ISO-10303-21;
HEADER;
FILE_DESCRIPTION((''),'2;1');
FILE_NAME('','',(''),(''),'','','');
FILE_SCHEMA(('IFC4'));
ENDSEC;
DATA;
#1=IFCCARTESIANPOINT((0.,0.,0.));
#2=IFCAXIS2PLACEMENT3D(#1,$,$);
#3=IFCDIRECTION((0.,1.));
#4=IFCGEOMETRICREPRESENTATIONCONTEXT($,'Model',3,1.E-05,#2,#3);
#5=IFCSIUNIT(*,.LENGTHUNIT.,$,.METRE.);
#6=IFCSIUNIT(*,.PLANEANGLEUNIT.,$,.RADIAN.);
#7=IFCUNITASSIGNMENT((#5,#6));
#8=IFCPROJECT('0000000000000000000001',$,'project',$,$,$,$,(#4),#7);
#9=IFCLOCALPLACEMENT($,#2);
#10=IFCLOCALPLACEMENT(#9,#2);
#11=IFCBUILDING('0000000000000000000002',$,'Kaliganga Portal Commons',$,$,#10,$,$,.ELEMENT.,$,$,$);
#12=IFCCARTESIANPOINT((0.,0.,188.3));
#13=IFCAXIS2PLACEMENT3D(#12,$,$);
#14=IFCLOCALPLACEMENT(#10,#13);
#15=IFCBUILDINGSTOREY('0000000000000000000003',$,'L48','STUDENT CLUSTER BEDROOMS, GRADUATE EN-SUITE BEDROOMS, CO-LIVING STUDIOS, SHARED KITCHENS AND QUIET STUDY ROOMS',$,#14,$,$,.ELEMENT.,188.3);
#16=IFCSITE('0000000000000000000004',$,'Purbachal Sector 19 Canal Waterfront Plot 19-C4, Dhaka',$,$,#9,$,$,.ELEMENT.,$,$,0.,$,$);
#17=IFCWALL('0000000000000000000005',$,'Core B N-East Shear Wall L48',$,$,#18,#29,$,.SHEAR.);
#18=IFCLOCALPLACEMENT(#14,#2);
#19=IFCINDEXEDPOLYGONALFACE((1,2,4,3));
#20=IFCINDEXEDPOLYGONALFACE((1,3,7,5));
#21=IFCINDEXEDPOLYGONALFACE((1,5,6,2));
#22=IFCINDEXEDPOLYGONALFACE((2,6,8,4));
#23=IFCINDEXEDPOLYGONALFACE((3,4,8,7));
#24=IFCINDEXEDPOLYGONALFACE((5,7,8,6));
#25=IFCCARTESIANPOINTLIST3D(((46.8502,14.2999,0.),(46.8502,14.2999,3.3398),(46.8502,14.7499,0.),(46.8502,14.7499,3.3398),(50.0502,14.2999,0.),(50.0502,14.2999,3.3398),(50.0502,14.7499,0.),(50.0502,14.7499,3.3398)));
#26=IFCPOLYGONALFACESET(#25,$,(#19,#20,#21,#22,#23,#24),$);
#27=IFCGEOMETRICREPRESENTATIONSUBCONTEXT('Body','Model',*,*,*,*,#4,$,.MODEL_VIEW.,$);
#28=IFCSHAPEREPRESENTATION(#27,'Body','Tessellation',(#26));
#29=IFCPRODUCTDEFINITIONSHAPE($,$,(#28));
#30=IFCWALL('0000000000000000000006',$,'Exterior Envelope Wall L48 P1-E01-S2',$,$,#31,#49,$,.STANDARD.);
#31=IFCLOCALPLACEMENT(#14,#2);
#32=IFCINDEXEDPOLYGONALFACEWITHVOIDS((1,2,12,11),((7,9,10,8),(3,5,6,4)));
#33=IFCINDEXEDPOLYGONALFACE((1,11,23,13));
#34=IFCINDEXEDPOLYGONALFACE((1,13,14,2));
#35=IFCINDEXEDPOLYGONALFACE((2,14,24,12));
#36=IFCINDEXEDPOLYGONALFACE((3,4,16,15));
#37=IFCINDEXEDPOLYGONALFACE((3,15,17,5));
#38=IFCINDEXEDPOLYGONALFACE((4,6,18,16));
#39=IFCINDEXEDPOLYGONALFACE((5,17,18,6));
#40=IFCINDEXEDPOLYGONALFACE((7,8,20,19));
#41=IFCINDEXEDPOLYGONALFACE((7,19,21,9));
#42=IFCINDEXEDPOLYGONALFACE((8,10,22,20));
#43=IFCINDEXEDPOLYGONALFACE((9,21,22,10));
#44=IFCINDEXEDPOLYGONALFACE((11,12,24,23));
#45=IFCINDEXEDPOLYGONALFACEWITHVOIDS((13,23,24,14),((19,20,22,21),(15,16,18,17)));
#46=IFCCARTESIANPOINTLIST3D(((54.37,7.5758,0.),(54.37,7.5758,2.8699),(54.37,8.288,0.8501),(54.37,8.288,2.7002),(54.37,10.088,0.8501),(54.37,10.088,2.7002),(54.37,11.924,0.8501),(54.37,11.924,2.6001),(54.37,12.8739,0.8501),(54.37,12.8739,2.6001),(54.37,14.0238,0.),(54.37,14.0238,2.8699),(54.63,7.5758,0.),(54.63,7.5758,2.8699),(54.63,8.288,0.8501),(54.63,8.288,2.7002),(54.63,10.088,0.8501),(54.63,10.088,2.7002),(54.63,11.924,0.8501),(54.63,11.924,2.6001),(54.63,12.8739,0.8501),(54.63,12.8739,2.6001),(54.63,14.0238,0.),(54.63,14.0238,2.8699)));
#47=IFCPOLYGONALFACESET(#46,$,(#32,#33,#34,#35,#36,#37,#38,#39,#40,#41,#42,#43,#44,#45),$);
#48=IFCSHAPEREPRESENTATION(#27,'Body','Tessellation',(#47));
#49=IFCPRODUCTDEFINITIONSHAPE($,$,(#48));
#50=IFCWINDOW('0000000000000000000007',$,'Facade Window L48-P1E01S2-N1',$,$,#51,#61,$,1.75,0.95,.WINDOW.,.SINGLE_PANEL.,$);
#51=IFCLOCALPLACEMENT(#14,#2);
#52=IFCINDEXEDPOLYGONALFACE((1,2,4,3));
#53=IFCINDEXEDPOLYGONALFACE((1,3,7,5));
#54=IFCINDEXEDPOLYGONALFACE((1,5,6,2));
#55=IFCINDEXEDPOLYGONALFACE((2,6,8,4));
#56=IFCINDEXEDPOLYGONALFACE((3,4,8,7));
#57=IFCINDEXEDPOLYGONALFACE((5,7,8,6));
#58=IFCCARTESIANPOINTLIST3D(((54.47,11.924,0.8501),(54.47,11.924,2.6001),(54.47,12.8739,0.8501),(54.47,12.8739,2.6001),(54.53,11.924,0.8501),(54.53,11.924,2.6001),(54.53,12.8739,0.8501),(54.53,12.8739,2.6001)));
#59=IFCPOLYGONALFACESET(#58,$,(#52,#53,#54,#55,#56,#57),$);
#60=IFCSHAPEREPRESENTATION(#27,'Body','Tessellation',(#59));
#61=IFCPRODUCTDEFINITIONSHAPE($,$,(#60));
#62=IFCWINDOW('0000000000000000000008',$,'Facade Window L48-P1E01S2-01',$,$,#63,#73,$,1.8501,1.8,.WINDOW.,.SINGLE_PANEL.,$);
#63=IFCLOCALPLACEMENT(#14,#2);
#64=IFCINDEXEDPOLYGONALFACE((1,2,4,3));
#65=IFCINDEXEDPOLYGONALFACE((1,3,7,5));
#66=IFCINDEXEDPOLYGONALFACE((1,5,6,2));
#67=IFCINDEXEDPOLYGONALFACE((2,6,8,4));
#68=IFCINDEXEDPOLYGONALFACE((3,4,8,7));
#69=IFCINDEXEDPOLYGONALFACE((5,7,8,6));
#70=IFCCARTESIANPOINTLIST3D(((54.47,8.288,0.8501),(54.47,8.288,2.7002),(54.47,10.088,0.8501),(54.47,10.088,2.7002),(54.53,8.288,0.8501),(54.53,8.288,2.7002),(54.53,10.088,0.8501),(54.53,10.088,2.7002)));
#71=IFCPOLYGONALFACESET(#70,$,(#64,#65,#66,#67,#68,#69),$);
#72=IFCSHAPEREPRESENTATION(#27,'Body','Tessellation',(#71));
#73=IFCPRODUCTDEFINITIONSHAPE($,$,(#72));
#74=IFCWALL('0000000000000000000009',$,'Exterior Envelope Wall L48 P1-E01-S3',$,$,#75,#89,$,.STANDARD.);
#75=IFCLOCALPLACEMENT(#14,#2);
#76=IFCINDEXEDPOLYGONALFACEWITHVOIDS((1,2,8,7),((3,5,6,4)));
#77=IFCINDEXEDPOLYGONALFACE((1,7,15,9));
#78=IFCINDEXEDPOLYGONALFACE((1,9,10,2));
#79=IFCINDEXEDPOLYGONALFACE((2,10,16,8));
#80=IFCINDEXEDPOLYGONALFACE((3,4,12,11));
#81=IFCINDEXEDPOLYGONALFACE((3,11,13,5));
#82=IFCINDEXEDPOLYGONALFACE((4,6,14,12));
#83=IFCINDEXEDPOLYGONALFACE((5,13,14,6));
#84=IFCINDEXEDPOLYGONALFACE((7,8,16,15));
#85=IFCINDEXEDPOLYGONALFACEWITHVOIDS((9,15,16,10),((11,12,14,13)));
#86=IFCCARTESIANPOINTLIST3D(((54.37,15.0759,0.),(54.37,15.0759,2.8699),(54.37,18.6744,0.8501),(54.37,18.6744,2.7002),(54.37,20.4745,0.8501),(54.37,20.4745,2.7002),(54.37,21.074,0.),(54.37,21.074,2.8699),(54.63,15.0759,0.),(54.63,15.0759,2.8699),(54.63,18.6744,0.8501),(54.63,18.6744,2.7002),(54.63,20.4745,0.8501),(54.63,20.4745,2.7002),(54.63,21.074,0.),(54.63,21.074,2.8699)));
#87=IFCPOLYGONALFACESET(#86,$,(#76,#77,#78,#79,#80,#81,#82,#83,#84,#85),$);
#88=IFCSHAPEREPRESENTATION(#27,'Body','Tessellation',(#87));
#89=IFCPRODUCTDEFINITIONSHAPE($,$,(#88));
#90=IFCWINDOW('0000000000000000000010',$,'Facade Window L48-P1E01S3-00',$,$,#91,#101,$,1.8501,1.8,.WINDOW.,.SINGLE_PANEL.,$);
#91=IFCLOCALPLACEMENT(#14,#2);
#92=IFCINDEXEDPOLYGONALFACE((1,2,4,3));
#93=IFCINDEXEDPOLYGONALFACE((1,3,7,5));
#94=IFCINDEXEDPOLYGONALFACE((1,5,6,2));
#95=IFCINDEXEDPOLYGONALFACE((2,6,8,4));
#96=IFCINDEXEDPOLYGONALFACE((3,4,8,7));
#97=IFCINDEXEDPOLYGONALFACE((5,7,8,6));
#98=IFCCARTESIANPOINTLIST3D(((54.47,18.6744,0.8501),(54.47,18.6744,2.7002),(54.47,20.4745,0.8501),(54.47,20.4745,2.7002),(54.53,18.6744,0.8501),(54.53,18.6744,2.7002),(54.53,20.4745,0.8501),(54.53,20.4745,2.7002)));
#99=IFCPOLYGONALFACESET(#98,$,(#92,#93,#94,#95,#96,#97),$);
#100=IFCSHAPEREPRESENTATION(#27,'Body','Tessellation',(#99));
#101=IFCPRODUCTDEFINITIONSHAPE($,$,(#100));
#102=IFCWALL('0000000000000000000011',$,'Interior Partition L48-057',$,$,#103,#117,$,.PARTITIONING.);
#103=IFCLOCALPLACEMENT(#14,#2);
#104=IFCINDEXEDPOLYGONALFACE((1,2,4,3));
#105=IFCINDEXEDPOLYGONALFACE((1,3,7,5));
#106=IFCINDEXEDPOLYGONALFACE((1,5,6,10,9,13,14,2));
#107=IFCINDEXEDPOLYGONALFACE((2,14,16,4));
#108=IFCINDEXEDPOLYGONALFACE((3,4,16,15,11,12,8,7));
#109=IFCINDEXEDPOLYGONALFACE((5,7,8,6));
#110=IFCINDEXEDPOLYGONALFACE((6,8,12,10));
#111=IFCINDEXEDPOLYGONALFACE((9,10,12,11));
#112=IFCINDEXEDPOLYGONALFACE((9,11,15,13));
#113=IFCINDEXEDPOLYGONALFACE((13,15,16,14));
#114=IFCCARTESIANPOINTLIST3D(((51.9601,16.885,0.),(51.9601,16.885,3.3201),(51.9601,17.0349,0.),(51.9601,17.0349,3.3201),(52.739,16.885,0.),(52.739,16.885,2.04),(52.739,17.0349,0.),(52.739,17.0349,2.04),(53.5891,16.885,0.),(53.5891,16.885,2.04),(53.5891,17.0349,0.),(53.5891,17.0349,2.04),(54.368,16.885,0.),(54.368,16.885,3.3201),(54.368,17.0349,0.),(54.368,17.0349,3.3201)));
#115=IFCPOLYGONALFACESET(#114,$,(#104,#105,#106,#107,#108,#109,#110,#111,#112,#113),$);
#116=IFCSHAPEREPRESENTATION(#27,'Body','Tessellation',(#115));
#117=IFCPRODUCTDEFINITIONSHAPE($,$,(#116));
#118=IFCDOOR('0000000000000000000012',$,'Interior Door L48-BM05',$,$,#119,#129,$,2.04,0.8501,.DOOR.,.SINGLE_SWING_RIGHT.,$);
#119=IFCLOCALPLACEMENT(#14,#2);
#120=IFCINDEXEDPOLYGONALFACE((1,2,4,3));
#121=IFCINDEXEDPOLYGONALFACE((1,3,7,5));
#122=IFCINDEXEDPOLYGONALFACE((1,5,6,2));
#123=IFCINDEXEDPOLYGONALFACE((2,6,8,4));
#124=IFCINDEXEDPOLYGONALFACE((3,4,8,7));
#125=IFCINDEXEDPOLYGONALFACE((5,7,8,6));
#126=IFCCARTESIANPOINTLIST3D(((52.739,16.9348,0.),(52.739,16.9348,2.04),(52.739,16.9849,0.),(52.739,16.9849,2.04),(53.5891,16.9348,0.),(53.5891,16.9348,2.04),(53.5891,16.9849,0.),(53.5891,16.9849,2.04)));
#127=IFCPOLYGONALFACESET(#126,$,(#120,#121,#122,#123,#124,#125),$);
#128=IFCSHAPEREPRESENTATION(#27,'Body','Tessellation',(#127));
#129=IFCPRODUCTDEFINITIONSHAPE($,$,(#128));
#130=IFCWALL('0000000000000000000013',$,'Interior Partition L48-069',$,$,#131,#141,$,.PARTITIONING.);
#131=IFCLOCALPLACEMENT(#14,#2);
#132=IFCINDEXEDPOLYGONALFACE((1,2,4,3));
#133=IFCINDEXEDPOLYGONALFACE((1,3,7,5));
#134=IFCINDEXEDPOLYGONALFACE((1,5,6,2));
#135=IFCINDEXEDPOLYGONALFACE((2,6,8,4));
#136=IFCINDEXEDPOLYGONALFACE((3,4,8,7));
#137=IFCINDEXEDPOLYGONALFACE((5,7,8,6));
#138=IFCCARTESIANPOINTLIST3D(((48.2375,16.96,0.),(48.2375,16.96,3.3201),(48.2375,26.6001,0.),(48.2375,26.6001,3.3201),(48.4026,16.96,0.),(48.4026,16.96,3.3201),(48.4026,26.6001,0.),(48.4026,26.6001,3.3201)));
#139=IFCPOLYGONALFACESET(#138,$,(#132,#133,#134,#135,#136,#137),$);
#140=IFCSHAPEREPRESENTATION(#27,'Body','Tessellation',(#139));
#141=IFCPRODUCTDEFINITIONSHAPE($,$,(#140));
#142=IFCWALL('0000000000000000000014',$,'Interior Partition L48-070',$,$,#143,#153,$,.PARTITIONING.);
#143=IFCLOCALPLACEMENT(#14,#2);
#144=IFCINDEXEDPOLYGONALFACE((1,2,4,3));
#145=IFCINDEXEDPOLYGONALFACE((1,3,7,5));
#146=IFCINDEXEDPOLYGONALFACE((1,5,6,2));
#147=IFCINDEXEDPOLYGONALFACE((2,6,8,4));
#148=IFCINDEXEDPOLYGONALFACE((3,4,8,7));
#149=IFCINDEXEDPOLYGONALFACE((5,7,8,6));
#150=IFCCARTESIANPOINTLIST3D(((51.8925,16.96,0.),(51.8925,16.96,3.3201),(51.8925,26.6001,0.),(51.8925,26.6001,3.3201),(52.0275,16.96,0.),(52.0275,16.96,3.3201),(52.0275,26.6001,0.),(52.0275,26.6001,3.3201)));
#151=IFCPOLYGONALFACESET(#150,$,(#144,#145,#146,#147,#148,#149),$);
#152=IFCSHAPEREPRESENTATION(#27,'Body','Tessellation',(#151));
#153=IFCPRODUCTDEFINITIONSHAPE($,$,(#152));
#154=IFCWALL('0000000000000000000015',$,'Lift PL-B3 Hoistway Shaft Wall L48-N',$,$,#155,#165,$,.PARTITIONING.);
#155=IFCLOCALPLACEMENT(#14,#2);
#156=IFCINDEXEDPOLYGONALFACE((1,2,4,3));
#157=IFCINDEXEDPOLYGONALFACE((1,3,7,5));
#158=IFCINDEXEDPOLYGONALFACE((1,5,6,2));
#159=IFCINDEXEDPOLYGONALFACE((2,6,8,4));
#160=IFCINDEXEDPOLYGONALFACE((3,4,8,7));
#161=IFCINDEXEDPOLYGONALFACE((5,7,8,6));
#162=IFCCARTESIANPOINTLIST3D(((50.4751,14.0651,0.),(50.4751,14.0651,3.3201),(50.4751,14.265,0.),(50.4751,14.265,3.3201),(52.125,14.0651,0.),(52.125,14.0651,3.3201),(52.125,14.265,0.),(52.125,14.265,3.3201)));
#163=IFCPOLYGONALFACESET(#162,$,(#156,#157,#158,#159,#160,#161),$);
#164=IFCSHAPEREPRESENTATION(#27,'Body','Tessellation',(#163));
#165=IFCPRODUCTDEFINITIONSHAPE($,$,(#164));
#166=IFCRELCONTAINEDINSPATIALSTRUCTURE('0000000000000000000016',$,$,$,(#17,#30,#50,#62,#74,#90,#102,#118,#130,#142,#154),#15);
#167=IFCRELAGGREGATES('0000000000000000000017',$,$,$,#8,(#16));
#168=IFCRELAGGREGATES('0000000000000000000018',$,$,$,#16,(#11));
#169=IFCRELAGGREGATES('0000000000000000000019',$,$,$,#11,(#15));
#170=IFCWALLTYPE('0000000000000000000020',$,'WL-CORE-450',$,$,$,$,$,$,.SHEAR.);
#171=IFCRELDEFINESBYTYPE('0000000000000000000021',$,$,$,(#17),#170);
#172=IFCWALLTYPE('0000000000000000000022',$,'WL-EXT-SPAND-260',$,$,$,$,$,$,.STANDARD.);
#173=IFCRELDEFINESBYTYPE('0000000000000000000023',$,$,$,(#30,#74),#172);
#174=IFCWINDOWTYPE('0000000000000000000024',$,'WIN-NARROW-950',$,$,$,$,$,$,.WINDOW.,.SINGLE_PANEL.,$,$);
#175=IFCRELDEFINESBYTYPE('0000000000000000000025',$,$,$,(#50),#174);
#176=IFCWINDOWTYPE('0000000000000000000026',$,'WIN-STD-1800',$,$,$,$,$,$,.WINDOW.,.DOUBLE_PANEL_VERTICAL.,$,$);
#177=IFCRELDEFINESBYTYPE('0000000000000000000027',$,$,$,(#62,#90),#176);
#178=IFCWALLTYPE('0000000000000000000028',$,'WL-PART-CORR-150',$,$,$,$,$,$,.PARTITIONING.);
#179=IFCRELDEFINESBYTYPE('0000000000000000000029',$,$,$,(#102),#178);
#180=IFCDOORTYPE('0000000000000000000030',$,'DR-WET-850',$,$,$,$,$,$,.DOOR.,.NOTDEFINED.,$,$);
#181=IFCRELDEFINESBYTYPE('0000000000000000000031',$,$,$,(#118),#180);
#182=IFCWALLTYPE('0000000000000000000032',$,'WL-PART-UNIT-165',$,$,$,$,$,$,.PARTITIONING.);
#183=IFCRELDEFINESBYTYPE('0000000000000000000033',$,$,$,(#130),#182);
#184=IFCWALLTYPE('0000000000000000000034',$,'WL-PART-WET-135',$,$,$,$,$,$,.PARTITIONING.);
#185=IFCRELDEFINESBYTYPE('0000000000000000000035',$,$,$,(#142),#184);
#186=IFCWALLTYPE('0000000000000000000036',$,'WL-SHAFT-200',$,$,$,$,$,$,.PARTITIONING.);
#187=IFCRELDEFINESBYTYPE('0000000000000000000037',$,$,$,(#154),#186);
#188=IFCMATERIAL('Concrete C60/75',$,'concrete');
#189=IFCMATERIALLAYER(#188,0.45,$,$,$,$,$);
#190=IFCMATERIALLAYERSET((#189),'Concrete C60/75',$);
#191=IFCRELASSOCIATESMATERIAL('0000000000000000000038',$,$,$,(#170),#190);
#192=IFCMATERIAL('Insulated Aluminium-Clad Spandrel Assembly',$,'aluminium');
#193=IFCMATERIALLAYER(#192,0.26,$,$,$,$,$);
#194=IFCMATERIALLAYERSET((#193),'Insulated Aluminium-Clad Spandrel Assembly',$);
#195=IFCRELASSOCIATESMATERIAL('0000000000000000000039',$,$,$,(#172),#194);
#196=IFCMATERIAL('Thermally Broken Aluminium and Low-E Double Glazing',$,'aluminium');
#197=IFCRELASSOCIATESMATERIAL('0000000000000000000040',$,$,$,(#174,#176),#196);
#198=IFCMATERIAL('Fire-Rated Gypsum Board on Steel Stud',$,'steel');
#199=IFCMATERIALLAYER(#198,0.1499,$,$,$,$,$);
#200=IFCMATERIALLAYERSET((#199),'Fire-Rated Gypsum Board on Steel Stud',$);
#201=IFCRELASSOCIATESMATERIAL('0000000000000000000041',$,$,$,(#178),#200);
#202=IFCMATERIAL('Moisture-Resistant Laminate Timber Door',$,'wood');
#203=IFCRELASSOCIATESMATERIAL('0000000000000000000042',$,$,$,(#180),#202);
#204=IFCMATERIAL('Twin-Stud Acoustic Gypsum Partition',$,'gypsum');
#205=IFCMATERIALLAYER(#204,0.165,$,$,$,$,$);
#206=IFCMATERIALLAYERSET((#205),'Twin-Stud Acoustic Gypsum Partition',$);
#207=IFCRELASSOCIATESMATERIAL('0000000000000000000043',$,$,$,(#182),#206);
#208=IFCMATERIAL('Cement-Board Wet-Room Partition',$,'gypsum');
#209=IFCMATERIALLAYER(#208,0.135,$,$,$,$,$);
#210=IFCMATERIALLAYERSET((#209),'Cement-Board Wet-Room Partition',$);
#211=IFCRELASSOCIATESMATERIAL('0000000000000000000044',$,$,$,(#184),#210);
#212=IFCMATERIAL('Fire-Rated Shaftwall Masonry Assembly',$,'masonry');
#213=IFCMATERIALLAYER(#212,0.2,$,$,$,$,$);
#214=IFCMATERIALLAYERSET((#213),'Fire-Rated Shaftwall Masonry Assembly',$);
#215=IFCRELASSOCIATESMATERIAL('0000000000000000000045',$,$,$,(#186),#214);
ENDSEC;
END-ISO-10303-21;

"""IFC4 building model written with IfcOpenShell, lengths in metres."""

from ifc_helpers import new_model, si_unit, direction, frame, frame_2d, origin, place, context, subcontext, project, spatial, rectangle, extrude, material, layer, layer_set, type_object, element, fill, save


model = new_model("IFC4")

# Units and contexts
model_context = context("Model", 3, precision=1e-05, world=origin(), true_north=direction((0.0, 1.0)))
body_context = subcontext(model_context, "Body", "Model", "MODEL_VIEW")
ifc_project = project(units=[si_unit("LENGTHUNIT", "METRE"), si_unit("PLANEANGLEUNIT", "RADIAN")], contexts=[model_context])

# Site, building, storey
site_placement = place(None, origin())
site = spatial("IfcSite", under=ifc_project, at=site_placement, Name="Purbachal Sector 19 Canal Waterfront Plot 19-C4, Dhaka", CompositionType="ELEMENT", RefElevation=0.0)
building_placement = place(site_placement, origin())
building = spatial("IfcBuilding", under=site, at=building_placement, Name="Kaliganga Portal Commons", CompositionType="ELEMENT")
storey_placement = place(building_placement, frame((0.0, 0.0, 188.3)))
storey = spatial("IfcBuildingStorey", under=building, at=storey_placement, Name="L48", Description="STUDENT CLUSTER BEDROOMS, GRADUATE EN-SUITE BEDROOMS, CO-LIVING STUDIOS, SHARED KITCHENS AND QUIET STUDY ROOMS", CompositionType="ELEMENT", Elevation=188.3)

# Shared definitions
ifc_material_1 = material(Name="Concrete C60/75", Category="concrete")

# Wall
ifc_layer_1 = layer(ifc_material_1, 0.45)
ifc_layer_set_1 = layer_set([ifc_layer_1], Name="Concrete C60/75")
wall_type_1 = type_object("IfcWallType", Name="WL-CORE-450", PredefinedType="SHEAR", material=ifc_layer_set_1)
wall_1_placement = place(storey_placement, frame((46.8501, 14.5249, 0.0), z_axis=(0.0, 0.0, 1.0), x_axis=(1.0, 0.0, 0.0)))
element("IfcWall", 1, at=wall_1_placement, inside=storey, type_object=wall_type_1, Name="Core B N-East Shear Wall L48", PredefinedType="SHEAR", context=body_context, shape_type="SweptSolid", body=[
    extrude(rectangle(XDim=3.2, YDim=0.45, at=frame_2d((1.6001, 0.0))), origin(), (0.0, 0.0, 1.0), 3.3398),
])

# Wall, openings, windows
ifc_material_2 = material(Name="Insulated Aluminium-Clad Spandrel Assembly", Category="aluminium")
ifc_layer_2 = layer(ifc_material_2, 0.26)
ifc_layer_set_2 = layer_set([ifc_layer_2], Name="Insulated Aluminium-Clad Spandrel Assembly")
wall_type_2 = type_object("IfcWallType", Name="WL-EXT-SPAND-260", PredefinedType="STANDARD", material=ifc_layer_set_2)
wall_2_placement = place(storey_placement, frame((54.5, 14.0239, 0.0), z_axis=(0.0, 0.0, 1.0), x_axis=(0.0, -1.0, 0.0)))
wall_2 = element("IfcWall", 2, at=wall_2_placement, inside=storey, type_object=wall_type_2, Name="Exterior Envelope Wall L48 P1-E01-S2", PredefinedType="STANDARD", context=body_context, shape_type="SweptSolid", body=[
    extrude(rectangle(XDim=6.448, YDim=0.26, at=frame_2d((3.2241, 0.0))), origin(), (0.0, 0.0, 1.0), 2.8699),
])
opening_1_placement = place(wall_2_placement, frame((3.936, 0.0, 0.8501)))
opening_1 = element("IfcOpeningElement", 3, at=opening_1_placement, cuts=wall_2, PredefinedType="OPENING", context=body_context, shape_type="SweptSolid", body=[
    extrude(rectangle(XDim=1.8, YDim=1.8501, at=frame_2d((0.8999, 0.925))), frame((0.0, 0.1401, 0.0), z_axis=(0.0, -1.0, 0.0), x_axis=(1.0, 0.0, 0.0)), (0.0, 0.0, 1.0), 0.28),
])
opening_2_placement = place(wall_2_placement, frame((1.1499, 0.0, 0.8501)))
opening_2 = element("IfcOpeningElement", 4, at=opening_2_placement, cuts=wall_2, PredefinedType="OPENING", context=body_context, shape_type="SweptSolid", body=[
    extrude(rectangle(XDim=0.95, YDim=1.75, at=frame_2d((0.4751, 0.875))), frame((0.0, 0.1401, 0.0), z_axis=(0.0, -1.0, 0.0), x_axis=(1.0, 0.0, 0.0)), (0.0, 0.0, 1.0), 0.28),
])
ifc_material_3 = material(Name="Thermally Broken Aluminium and Low-E Double Glazing", Category="aluminium")
window_type_1 = type_object("IfcWindowType", Name="WIN-NARROW-950", PartitioningType="SINGLE_PANEL", PredefinedType="WINDOW", material=ifc_material_3)
window_1_placement = place(opening_2_placement, origin())
window_1 = element("IfcWindow", 5, at=window_1_placement, inside=storey, type_object=window_type_1, Name="Facade Window L48-P1E01S2-N1", OverallHeight=1.75, OverallWidth=0.95, PartitioningType="SINGLE_PANEL", PredefinedType="WINDOW", context=body_context, shape_type="SweptSolid", body=[
    extrude(rectangle(XDim=0.95, YDim=1.75, at=frame_2d((0.4751, 0.875))), frame((0.0, 0.03, 0.0), z_axis=(0.0, -1.0, 0.0), x_axis=(1.0, 0.0, 0.0)), (0.0, 0.0, 1.0), 0.0601),
])
fill(opening_2, window_1)
window_type_2 = type_object("IfcWindowType", Name="WIN-STD-1800", PartitioningType="DOUBLE_PANEL_VERTICAL", PredefinedType="WINDOW", material=ifc_material_3)
window_2_placement = place(opening_1_placement, origin())
window_2 = element("IfcWindow", 6, at=window_2_placement, inside=storey, type_object=window_type_2, Name="Facade Window L48-P1E01S2-01", OverallHeight=1.8501, OverallWidth=1.8, PartitioningType="SINGLE_PANEL", PredefinedType="WINDOW", context=body_context, shape_type="SweptSolid", body=[
    extrude(rectangle(XDim=1.8, YDim=1.8501, at=frame_2d((0.8999, 0.925))), frame((0.0, 0.03, 0.0), z_axis=(0.0, -1.0, 0.0), x_axis=(1.0, 0.0, 0.0)), (0.0, 0.0, 1.0), 0.0601),
])
fill(opening_1, window_2)

# Wall, opening, window
wall_3_placement = place(storey_placement, frame((54.5, 21.074, 0.0), z_axis=(0.0, 0.0, 1.0), x_axis=(0.0, -1.0, 0.0)))
wall_3 = element("IfcWall", 7, at=wall_3_placement, inside=storey, type_object=wall_type_2, Name="Exterior Envelope Wall L48 P1-E01-S3", PredefinedType="STANDARD", context=body_context, shape_type="SweptSolid", body=[
    extrude(rectangle(XDim=5.998, YDim=0.26, at=frame_2d((2.999, 0.0))), origin(), (0.0, 0.0, 1.0), 2.8699),
])
opening_3_placement = place(wall_3_placement, frame((0.5996, 0.0, 0.8501)))
opening_3 = element("IfcOpeningElement", 8, at=opening_3_placement, cuts=wall_3, PredefinedType="OPENING", context=body_context, shape_type="SweptSolid", body=[
    extrude(rectangle(XDim=1.8, YDim=1.8501, at=frame_2d((0.8999, 0.925))), frame((0.0, 0.1401, 0.0), z_axis=(0.0, -1.0, 0.0), x_axis=(1.0, 0.0, 0.0)), (0.0, 0.0, 1.0), 0.28),
])
window_3_placement = place(opening_3_placement, origin())
window_3 = element("IfcWindow", 9, at=window_3_placement, inside=storey, type_object=window_type_2, Name="Facade Window L48-P1E01S3-00", OverallHeight=1.8501, OverallWidth=1.8, PartitioningType="SINGLE_PANEL", PredefinedType="WINDOW", context=body_context, shape_type="SweptSolid", body=[
    extrude(rectangle(XDim=1.8, YDim=1.8501, at=frame_2d((0.8999, 0.925))), frame((0.0, 0.03, 0.0), z_axis=(0.0, -1.0, 0.0), x_axis=(1.0, 0.0, 0.0)), (0.0, 0.0, 1.0), 0.0601),
])
fill(opening_3, window_3)

# Wall, opening, door
ifc_material_4 = material(Name="Fire-Rated Gypsum Board on Steel Stud", Category="steel")
ifc_layer_3 = layer(ifc_material_4, 0.1499)
ifc_layer_set_3 = layer_set([ifc_layer_3], Name="Fire-Rated Gypsum Board on Steel Stud")
wall_type_3 = type_object("IfcWallType", Name="WL-PART-CORR-150", PredefinedType="PARTITIONING", material=ifc_layer_set_3)
wall_4_placement = place(storey_placement, frame((51.96, 16.96, 0.0), z_axis=(0.0, 0.0, 1.0), x_axis=(1.0, 0.0, 0.0)))
wall_4 = element("IfcWall", 10, at=wall_4_placement, inside=storey, type_object=wall_type_3, Name="Interior Partition L48-057", PredefinedType="PARTITIONING", context=body_context, shape_type="SweptSolid", body=[
    extrude(rectangle(XDim=2.408, YDim=0.1499, at=frame_2d((1.2041, 0.0))), origin(), (0.0, 0.0, 1.0), 3.3201),
])
opening_4_placement = place(wall_4_placement, frame((0.7791, 0.0, 0.0)))
opening_4 = element("IfcOpeningElement", 11, at=opening_4_placement, cuts=wall_4, PredefinedType="OPENING", context=body_context, shape_type="SweptSolid", body=[
    extrude(rectangle(XDim=0.8501, YDim=2.04, at=frame_2d((0.425, 1.02))), frame((0.0, 0.085, 0.0), z_axis=(0.0, -1.0, 0.0), x_axis=(1.0, 0.0, 0.0)), (0.0, 0.0, 1.0), 0.1699),
])
ifc_material_5 = material(Name="Moisture-Resistant Laminate Timber Door", Category="wood")
door_type_1 = type_object("IfcDoorType", Name="DR-WET-850", OperationType="NOTDEFINED", PredefinedType="DOOR", material=ifc_material_5)
door_1_placement = place(opening_4_placement, origin())
door_1 = element("IfcDoor", 12, at=door_1_placement, inside=storey, type_object=door_type_1, Name="Interior Door L48-BM05", OperationType="SINGLE_SWING_RIGHT", OverallHeight=2.04, OverallWidth=0.8501, PredefinedType="DOOR", context=body_context, shape_type="SweptSolid", body=[
    extrude(rectangle(XDim=0.8501, YDim=2.04, at=frame_2d((0.425, 1.02))), frame((0.0, 0.0249, 0.0), z_axis=(0.0, -1.0, 0.0), x_axis=(1.0, 0.0, 0.0)), (0.0, 0.0, 1.0), 0.05),
])
fill(opening_4, door_1)

# Walls
ifc_material_6 = material(Name="Twin-Stud Acoustic Gypsum Partition", Category="gypsum")
ifc_layer_4 = layer(ifc_material_6, 0.165)
ifc_layer_set_4 = layer_set([ifc_layer_4], Name="Twin-Stud Acoustic Gypsum Partition")
wall_type_4 = type_object("IfcWallType", Name="WL-PART-UNIT-165", PredefinedType="PARTITIONING", material=ifc_layer_set_4)
wall_5_placement = place(storey_placement, frame((48.3201, 16.96, 0.0), z_axis=(0.0, 0.0, 1.0), x_axis=(0.0, 1.0, 0.0)))
element("IfcWall", 13, at=wall_5_placement, inside=storey, type_object=wall_type_4, Name="Interior Partition L48-069", PredefinedType="PARTITIONING", context=body_context, shape_type="SweptSolid", body=[
    extrude(rectangle(XDim=9.6401, YDim=0.165, at=frame_2d((4.8201, 0.0))), origin(), (0.0, 0.0, 1.0), 3.3201),
])
ifc_material_7 = material(Name="Cement-Board Wet-Room Partition", Category="gypsum")
ifc_layer_5 = layer(ifc_material_7, 0.135)
ifc_layer_set_5 = layer_set([ifc_layer_5], Name="Cement-Board Wet-Room Partition")
wall_type_5 = type_object("IfcWallType", Name="WL-PART-WET-135", PredefinedType="PARTITIONING", material=ifc_layer_set_5)
wall_6_placement = place(storey_placement, frame((51.96, 16.96, 0.0), z_axis=(0.0, 0.0, 1.0), x_axis=(0.0, 1.0, 0.0)))
element("IfcWall", 14, at=wall_6_placement, inside=storey, type_object=wall_type_5, Name="Interior Partition L48-070", PredefinedType="PARTITIONING", context=body_context, shape_type="SweptSolid", body=[
    extrude(rectangle(XDim=9.6401, YDim=0.135, at=frame_2d((4.8201, 0.0))), origin(), (0.0, 0.0, 1.0), 3.3201),
])

# Shared definitions
ifc_material_8 = material(Name="Fire-Rated Shaftwall Masonry Assembly", Category="masonry")
ifc_layer_6 = layer(ifc_material_8, 0.2)
ifc_layer_set_6 = layer_set([ifc_layer_6], Name="Fire-Rated Shaftwall Masonry Assembly")
wall_type_6 = type_object("IfcWallType", Name="WL-SHAFT-200", PredefinedType="PARTITIONING", material=ifc_layer_set_6)

# Wall
wall_7_placement = place(storey_placement, frame((50.4751, 14.165, 0.0), z_axis=(0.0, 0.0, 1.0), x_axis=(1.0, 0.0, 0.0)))
element("IfcWall", 15, at=wall_7_placement, inside=storey, type_object=wall_type_6, Name="Lift PL-B3 Hoistway Shaft Wall L48-N", PredefinedType="PARTITIONING", context=body_context, shape_type="SweptSolid", body=[
    extrude(rectangle(XDim=1.6499, YDim=0.2, at=frame_2d((0.825, 0.0))), origin(), (0.0, 0.0, 1.0), 3.3201),
])

save(model, "model.ifc")
